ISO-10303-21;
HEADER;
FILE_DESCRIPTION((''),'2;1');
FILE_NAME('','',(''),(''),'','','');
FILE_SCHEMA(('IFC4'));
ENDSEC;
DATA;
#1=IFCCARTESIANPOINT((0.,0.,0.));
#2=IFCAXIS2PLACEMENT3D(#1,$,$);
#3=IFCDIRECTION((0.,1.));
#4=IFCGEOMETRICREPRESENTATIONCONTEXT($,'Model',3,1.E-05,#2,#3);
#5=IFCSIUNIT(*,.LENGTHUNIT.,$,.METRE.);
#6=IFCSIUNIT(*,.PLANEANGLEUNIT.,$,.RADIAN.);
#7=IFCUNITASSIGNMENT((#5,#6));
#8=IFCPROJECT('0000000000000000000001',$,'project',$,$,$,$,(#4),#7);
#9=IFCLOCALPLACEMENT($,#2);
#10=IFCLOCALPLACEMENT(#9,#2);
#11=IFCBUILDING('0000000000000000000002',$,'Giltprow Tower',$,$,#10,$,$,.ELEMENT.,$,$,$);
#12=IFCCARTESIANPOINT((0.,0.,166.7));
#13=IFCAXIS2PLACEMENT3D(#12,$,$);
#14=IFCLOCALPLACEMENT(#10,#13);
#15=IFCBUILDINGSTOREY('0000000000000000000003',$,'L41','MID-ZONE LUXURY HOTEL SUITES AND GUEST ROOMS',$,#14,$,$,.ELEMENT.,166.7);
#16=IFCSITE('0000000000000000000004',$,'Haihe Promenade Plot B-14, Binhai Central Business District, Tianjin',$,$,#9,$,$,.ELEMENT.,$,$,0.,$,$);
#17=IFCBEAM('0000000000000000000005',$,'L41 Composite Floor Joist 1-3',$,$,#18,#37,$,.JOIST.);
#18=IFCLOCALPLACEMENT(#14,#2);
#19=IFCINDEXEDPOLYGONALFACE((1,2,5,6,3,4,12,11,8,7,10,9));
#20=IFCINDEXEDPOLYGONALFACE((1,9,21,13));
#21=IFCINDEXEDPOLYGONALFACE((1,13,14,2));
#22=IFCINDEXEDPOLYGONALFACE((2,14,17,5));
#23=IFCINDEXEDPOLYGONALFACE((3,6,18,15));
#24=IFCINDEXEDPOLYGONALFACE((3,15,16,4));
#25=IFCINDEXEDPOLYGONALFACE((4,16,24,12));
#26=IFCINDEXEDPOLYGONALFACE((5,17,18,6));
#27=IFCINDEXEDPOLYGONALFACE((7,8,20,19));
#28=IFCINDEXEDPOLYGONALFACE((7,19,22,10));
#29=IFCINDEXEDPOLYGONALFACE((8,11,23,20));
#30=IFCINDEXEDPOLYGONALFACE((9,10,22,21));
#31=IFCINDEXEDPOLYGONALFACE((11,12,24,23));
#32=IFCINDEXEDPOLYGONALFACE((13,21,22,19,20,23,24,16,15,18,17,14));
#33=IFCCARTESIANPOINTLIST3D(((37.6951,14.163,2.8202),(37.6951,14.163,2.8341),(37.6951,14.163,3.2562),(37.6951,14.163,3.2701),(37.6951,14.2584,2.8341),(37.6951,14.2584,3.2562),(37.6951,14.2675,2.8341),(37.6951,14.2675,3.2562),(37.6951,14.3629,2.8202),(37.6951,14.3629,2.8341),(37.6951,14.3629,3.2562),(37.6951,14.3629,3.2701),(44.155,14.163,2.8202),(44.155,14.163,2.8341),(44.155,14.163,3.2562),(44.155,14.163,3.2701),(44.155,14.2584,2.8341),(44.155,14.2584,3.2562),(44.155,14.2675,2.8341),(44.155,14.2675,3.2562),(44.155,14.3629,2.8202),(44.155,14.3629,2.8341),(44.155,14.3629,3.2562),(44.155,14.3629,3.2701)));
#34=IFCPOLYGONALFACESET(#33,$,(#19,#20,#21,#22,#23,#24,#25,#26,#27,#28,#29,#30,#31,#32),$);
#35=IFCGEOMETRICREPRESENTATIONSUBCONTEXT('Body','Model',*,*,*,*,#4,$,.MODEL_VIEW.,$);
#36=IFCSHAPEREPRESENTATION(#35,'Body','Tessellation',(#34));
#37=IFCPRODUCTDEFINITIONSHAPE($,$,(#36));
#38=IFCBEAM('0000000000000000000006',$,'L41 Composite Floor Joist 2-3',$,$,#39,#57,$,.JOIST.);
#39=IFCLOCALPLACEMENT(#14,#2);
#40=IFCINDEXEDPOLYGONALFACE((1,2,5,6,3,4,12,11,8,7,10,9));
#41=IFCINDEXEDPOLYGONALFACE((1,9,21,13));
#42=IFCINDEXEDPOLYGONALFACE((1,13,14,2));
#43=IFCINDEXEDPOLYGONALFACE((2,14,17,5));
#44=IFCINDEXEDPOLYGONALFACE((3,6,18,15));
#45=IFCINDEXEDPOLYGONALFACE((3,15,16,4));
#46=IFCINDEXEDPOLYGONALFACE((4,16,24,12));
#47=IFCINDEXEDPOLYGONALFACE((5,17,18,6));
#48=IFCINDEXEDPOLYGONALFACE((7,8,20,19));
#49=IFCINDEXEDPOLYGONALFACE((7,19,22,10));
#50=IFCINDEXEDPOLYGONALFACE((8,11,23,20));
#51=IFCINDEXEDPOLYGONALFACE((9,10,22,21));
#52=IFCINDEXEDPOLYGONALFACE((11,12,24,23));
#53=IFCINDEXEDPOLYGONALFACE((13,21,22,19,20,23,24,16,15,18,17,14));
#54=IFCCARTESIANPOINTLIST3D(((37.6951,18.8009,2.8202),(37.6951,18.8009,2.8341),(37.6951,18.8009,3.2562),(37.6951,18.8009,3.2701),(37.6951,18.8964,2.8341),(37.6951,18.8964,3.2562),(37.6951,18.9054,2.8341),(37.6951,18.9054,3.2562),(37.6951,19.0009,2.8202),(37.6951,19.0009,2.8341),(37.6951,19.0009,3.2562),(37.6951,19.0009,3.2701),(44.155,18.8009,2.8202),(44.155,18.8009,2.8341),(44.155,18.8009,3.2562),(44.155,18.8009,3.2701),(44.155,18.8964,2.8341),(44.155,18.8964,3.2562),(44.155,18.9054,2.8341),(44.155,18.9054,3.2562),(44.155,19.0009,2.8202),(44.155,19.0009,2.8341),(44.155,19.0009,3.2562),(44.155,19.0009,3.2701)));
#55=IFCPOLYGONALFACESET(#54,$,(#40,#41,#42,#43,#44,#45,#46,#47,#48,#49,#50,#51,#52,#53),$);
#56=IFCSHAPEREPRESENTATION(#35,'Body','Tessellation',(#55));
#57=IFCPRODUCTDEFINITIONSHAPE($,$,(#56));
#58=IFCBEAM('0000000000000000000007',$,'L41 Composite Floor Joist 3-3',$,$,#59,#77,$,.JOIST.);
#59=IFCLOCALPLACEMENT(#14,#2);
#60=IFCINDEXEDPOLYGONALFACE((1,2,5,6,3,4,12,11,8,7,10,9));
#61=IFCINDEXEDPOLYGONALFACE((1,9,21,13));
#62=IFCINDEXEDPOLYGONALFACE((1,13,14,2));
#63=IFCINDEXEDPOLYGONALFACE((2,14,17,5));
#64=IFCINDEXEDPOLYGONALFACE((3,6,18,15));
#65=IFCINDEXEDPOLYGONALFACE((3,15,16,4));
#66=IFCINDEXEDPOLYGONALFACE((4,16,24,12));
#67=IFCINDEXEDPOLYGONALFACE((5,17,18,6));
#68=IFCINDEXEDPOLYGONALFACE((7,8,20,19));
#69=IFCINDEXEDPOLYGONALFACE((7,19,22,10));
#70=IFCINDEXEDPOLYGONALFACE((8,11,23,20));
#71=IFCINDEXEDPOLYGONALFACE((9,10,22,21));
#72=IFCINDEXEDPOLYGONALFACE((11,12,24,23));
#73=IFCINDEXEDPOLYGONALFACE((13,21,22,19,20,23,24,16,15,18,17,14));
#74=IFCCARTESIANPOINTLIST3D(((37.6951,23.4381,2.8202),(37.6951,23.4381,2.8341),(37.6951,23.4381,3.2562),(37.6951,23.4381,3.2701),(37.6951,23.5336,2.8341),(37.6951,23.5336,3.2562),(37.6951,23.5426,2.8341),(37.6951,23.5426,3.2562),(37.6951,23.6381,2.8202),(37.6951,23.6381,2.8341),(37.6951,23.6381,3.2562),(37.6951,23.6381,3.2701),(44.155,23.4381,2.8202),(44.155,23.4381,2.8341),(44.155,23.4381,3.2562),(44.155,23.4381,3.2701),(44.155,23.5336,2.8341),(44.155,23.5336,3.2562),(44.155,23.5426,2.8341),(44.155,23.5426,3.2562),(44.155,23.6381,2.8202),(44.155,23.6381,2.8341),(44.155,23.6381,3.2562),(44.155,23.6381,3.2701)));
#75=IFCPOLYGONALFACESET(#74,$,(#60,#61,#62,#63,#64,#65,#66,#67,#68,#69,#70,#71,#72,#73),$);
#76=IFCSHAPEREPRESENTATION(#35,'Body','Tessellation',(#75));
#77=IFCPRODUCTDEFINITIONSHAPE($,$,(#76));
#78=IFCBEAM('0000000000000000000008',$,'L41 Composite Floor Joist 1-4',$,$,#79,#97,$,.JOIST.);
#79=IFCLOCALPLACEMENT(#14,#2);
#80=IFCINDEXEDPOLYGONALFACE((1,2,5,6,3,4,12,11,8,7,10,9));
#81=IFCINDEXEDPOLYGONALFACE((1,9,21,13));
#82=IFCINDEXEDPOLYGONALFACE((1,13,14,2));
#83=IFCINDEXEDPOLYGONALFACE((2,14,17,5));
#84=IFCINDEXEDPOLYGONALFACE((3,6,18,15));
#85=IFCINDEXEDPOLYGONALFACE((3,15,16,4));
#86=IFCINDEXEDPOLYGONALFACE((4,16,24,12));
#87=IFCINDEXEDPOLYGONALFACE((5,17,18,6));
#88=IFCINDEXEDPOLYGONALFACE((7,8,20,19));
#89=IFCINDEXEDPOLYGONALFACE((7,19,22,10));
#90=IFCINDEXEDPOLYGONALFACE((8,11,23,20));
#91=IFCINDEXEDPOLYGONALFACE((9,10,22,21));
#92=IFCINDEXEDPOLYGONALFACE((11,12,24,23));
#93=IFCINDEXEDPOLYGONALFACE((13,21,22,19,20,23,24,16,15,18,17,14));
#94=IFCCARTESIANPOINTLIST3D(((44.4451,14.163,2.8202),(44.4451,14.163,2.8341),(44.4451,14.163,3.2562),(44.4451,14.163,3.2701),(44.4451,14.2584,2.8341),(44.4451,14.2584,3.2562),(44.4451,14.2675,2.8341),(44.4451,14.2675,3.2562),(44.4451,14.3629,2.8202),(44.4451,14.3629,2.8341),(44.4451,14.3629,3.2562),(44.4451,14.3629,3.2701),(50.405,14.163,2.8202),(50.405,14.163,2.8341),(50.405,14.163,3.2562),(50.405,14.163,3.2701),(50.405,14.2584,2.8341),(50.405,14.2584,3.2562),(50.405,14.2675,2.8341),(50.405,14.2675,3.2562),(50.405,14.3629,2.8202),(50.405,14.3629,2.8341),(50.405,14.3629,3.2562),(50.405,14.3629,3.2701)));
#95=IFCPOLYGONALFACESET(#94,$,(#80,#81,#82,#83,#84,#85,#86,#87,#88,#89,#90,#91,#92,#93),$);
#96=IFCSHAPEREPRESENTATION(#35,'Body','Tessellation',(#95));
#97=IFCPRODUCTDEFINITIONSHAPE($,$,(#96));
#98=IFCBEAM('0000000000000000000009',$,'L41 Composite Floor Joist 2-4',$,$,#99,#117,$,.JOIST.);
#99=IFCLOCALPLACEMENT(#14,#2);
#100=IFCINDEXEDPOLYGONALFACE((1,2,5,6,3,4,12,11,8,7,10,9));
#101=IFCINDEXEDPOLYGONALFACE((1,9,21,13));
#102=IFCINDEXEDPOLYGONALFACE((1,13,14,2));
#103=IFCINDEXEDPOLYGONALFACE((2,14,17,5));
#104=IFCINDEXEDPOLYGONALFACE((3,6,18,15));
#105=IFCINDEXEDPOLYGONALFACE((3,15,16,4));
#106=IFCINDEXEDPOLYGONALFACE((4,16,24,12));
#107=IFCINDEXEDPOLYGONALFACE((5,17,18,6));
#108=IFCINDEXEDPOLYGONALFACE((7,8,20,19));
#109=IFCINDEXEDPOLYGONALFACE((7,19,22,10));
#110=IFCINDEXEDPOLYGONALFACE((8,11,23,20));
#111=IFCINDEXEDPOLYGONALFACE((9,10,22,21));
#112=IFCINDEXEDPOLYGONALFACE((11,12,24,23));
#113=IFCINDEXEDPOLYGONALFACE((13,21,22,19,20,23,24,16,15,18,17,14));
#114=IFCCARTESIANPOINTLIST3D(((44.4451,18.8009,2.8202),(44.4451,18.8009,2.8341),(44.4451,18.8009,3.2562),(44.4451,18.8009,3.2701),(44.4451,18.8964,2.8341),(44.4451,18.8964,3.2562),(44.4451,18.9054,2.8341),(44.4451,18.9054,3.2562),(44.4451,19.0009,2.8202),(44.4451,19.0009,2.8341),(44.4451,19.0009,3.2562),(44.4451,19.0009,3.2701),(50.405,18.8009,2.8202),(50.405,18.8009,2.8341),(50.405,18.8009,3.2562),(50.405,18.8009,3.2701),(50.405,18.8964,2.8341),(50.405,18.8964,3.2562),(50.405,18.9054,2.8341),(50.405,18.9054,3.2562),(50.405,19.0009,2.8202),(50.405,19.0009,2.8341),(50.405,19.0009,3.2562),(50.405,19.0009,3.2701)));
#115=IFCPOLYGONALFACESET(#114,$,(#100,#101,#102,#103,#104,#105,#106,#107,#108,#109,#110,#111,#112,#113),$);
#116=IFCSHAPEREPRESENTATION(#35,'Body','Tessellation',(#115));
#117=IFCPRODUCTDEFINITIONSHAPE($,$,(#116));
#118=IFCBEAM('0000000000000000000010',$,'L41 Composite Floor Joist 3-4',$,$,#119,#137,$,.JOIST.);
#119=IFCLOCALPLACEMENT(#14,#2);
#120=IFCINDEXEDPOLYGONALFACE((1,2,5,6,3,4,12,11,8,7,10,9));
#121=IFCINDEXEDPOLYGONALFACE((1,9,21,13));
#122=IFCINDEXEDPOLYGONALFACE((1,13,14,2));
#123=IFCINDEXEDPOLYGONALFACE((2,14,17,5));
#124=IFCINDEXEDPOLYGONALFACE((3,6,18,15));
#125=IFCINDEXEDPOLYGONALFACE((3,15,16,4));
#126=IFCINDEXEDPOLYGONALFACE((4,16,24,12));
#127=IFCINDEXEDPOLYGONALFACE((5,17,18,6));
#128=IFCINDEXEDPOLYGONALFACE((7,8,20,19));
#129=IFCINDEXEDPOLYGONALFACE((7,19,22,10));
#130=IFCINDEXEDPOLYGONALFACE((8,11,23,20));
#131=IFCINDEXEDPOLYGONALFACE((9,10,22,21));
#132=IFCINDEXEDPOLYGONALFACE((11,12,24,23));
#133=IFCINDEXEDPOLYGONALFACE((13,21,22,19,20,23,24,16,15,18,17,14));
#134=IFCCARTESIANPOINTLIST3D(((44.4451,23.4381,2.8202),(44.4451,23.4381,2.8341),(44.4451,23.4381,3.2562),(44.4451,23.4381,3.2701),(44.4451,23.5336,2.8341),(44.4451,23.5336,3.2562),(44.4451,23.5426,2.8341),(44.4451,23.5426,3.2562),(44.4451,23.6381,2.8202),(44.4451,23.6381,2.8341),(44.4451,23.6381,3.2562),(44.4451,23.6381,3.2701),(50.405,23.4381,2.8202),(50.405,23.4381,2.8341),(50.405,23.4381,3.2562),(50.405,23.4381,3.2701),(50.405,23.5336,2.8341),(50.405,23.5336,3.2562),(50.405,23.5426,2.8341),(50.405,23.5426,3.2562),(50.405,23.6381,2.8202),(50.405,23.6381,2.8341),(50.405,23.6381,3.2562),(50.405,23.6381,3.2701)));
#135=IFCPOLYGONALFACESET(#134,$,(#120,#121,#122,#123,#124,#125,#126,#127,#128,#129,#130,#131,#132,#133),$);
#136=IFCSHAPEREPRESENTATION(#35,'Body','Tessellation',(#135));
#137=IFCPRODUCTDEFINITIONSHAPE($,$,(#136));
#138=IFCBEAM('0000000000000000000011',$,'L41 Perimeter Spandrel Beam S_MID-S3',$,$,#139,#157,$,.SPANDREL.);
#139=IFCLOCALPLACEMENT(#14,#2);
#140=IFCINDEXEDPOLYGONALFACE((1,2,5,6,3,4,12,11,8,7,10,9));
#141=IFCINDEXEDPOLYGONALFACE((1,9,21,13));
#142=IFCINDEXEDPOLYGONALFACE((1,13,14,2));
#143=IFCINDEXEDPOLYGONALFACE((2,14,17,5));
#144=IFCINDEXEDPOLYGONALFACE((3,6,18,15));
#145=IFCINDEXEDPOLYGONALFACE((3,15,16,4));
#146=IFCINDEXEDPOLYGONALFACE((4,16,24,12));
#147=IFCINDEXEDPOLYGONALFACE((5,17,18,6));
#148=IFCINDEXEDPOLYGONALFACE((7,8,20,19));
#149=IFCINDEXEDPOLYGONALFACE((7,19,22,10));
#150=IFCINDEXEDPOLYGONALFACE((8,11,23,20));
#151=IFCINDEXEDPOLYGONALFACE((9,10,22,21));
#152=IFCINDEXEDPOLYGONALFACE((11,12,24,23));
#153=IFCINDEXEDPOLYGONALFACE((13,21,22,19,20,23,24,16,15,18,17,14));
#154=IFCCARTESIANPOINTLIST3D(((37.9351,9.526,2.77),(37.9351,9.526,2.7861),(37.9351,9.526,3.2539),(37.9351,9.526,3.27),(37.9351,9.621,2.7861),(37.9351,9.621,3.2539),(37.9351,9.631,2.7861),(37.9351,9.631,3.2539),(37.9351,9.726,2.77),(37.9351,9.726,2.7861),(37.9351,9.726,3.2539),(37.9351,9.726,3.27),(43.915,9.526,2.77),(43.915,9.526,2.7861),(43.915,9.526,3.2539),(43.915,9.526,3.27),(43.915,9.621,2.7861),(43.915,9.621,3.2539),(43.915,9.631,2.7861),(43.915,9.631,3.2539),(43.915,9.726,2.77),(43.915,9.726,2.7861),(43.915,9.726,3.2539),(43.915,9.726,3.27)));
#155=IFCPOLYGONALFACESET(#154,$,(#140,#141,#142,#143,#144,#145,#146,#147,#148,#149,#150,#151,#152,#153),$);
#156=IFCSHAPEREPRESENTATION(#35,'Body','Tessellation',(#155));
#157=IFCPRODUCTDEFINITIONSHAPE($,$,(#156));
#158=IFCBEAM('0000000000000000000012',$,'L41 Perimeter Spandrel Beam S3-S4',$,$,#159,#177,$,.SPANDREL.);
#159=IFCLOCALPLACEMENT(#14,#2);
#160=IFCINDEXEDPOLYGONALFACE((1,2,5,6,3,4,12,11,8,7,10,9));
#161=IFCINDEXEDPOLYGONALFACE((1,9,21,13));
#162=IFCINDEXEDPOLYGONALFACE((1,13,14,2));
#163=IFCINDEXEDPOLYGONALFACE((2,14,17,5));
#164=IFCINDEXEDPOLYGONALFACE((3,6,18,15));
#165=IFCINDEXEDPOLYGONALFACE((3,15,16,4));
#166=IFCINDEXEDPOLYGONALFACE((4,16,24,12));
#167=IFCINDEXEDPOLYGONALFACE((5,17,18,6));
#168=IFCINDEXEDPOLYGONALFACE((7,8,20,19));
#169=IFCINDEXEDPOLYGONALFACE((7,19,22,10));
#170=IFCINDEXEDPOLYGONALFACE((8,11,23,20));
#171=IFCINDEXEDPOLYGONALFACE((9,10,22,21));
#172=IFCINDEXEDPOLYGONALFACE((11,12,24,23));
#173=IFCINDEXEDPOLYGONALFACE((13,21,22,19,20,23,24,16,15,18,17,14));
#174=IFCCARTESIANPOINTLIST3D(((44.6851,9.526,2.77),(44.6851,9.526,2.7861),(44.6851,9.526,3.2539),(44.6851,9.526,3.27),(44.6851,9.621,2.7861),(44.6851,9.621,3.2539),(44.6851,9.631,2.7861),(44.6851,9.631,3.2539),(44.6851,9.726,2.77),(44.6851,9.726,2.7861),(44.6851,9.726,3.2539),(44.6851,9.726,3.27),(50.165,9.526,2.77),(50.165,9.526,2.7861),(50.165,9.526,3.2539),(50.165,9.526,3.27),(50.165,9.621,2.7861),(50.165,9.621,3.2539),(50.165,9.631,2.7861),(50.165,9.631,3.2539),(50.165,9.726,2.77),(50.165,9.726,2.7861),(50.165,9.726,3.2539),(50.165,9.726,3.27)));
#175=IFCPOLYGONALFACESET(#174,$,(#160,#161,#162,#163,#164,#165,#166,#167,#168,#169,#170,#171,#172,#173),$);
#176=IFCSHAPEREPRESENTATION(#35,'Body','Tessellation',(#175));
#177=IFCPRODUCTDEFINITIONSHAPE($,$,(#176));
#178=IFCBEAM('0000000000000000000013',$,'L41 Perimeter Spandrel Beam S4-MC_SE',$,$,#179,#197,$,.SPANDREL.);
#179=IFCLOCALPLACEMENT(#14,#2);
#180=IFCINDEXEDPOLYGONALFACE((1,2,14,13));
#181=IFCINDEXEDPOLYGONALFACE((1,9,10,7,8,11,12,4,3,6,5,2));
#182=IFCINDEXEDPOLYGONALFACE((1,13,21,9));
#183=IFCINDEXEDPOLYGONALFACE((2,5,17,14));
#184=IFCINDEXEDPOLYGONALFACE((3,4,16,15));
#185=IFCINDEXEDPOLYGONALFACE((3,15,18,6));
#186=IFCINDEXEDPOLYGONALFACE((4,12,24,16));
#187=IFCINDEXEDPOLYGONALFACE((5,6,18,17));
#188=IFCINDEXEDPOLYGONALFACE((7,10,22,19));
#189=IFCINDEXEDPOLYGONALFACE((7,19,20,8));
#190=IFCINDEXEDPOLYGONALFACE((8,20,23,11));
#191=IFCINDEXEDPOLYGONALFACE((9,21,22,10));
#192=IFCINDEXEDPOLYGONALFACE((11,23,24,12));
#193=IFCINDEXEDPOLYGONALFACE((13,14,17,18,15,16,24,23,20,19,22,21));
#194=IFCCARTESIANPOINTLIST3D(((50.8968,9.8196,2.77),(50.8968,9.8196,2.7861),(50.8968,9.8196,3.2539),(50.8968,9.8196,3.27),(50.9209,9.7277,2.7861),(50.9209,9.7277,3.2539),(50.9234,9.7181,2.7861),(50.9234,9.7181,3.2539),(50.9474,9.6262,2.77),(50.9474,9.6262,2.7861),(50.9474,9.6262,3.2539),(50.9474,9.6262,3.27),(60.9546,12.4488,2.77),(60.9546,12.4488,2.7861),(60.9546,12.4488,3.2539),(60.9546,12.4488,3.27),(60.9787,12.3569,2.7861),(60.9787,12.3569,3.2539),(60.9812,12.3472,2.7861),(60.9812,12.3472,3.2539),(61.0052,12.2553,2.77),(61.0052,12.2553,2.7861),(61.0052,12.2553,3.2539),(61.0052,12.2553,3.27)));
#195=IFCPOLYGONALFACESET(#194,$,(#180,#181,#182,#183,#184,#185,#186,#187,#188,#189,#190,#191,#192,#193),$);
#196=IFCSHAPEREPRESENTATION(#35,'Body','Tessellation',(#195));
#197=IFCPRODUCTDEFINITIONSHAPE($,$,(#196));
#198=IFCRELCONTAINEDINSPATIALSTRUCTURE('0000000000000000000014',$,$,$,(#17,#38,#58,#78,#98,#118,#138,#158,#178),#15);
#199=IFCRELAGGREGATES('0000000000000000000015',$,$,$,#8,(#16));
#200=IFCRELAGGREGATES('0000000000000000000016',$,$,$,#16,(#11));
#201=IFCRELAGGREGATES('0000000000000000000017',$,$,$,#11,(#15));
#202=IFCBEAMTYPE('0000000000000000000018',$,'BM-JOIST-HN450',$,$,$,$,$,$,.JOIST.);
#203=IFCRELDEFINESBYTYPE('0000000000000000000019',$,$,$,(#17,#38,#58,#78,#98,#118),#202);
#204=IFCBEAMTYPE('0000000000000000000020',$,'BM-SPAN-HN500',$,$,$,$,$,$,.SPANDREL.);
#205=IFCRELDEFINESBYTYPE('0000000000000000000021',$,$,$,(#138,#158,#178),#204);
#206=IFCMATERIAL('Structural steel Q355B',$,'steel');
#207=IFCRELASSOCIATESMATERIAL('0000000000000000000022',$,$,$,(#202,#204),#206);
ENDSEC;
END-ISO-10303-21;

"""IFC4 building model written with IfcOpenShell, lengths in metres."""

from ifc_helpers import new_model, si_unit, direction, frame, origin, origin_2d, place, context, subcontext, project, spatial, i_section, extrude, source, transform, mapped, material, material_profile, profile_set, type_object, element, save


model = new_model("IFC4")

# Units and contexts
model_context = context("Model", 3, precision=1e-05, world=origin(), true_north=direction((0.0, 1.0)))
body_context = subcontext(model_context, "Body", "Model", "MODEL_VIEW")
ifc_project = project(units=[si_unit("LENGTHUNIT", "METRE"), si_unit("PLANEANGLEUNIT", "RADIAN")], contexts=[model_context])

# Site, building, storey
site_placement = place(None, origin())
site = spatial("IfcSite", under=ifc_project, at=site_placement, Name="Haihe Promenade Plot B-14, Binhai Central Business District, Tianjin", CompositionType="ELEMENT", RefElevation=0.0)
building_placement = place(site_placement, origin())
building = spatial("IfcBuilding", under=site, at=building_placement, Name="Giltprow Tower", CompositionType="ELEMENT")
storey_placement = place(building_placement, frame((0.0, 0.0, 166.7)))
storey = spatial("IfcBuildingStorey", under=building, at=storey_placement, Name="L41", Description="MID-ZONE LUXURY HOTEL SUITES AND GUEST ROOMS", CompositionType="ELEMENT", Elevation=166.7)

# Beams
ifc_material_1 = material(Name="Structural steel Q355B", Category="steel")
ifc_material_profile_1 = material_profile(ifc_material_1, i_section(OverallWidth=0.2, OverallDepth=0.45, WebThickness=0.009, FlangeThickness=0.0139, at=origin_2d()), Name="HN 450x200x9x14")
ifc_profile_set_1 = profile_set([ifc_material_profile_1], Name="Structural steel Q355B")
beam_type_1 = type_object("IfcBeamType", Name="BM-JOIST-HN450", PredefinedType="JOIST", material=ifc_profile_set_1)
shared_shape_1 = source(origin(), body_context, "Body", "SweptSolid", [
    extrude(i_section(OverallWidth=0.2, OverallDepth=0.45, WebThickness=0.009, FlangeThickness=0.0139, at=origin_2d()), origin(), (0.0, 0.0, 1.0), 6.46),
])
for number, where, z_axis, x_axis, name in (
    (1, (37.6951, 14.2629, 3.0452), (1.0, 0.0, 0.0), (0.0, 1.0, 0.0), "L41 Composite Floor Joist 1-3"),
    (2, (37.6951, 18.9009, 3.0452), (1.0, 0.0, 0.0), (0.0, 1.0, 0.0), "L41 Composite Floor Joist 2-3"),
    (3, (37.6951, 23.5381, 3.0452), (1.0, 0.0, 0.0), (0.0, 1.0, 0.0), "L41 Composite Floor Joist 3-3"),
):
    element("IfcBeam", number, at=place(storey_placement, frame(where, z_axis=z_axis, x_axis=x_axis)), inside=storey, type_object=beam_type_1, Name=name, PredefinedType="JOIST", context=body_context, shape_type="MappedRepresentation", body=[
        mapped(shared_shape_1, transform((0.0, 0.0, 0.0), x_axis=(1.0, 0.0, 0.0), y_axis=(0.0, 1.0, 0.0), z_axis=(0.0, 0.0, 1.0), scale=1.0)),
    ])
shared_shape_2 = source(origin(), body_context, "Body", "SweptSolid", [
    extrude(i_section(OverallWidth=0.2, OverallDepth=0.45, WebThickness=0.009, FlangeThickness=0.0139, at=origin_2d()), origin(), (0.0, 0.0, 1.0), 5.96),
])
for number, where, z_axis, x_axis, name in (
    (4, (44.4451, 14.2629, 3.0452), (1.0, 0.0, 0.0), (0.0, 1.0, 0.0), "L41 Composite Floor Joist 1-4"),
    (5, (44.4451, 18.9009, 3.0452), (1.0, 0.0, 0.0), (0.0, 1.0, 0.0), "L41 Composite Floor Joist 2-4"),
    (6, (44.4451, 23.5381, 3.0452), (1.0, 0.0, 0.0), (0.0, 1.0, 0.0), "L41 Composite Floor Joist 3-4"),
):
    element("IfcBeam", number, at=place(storey_placement, frame(where, z_axis=z_axis, x_axis=x_axis)), inside=storey, type_object=beam_type_1, Name=name, PredefinedType="JOIST", context=body_context, shape_type="MappedRepresentation", body=[
        mapped(shared_shape_2, transform((0.0, 0.0, 0.0), x_axis=(1.0, 0.0, 0.0), y_axis=(0.0, 1.0, 0.0), z_axis=(0.0, 0.0, 1.0), scale=1.0)),
    ])
ifc_material_profile_2 = material_profile(ifc_material_1, i_section(OverallWidth=0.2, OverallDepth=0.5, WebThickness=0.01, FlangeThickness=0.0161, at=origin_2d()), Name="HN 500x200x10x16")
ifc_profile_set_2 = profile_set([ifc_material_profile_2], Name="Structural steel Q355B")
beam_type_2 = type_object("IfcBeamType", Name="BM-SPAN-HN500", PredefinedType="SPANDREL", material=ifc_profile_set_2)
shared_shape_3 = source(origin(), body_context, "Body", "SweptSolid", [
    extrude(i_section(OverallWidth=0.2, OverallDepth=0.5, WebThickness=0.01, FlangeThickness=0.0161, at=origin_2d()), origin(), (0.0, 0.0, 1.0), 5.98),
])
beam_1_placement = place(storey_placement, frame((37.9351, 9.626, 3.02), z_axis=(1.0, 0.0, 0.0), x_axis=(0.0, 1.0, 0.0)))
element("IfcBeam", 7, at=beam_1_placement, inside=storey, type_object=beam_type_2, Name="L41 Perimeter Spandrel Beam S_MID-S3", PredefinedType="SPANDREL", context=body_context, shape_type="MappedRepresentation", body=[
    mapped(shared_shape_3, transform((0.0, 0.0, 0.0), x_axis=(1.0, 0.0, 0.0), y_axis=(0.0, 1.0, 0.0), z_axis=(0.0, 0.0, 1.0), scale=1.0)),
])
shared_shape_4 = source(origin(), body_context, "Body", "SweptSolid", [
    extrude(i_section(OverallWidth=0.2, OverallDepth=0.5, WebThickness=0.01, FlangeThickness=0.0161, at=origin_2d()), origin(), (0.0, 0.0, 1.0), 5.48),
])
beam_2_placement = place(storey_placement, frame((44.6851, 9.626, 3.02), z_axis=(1.0, 0.0, 0.0), x_axis=(0.0, 1.0, 0.0)))
element("IfcBeam", 8, at=beam_2_placement, inside=storey, type_object=beam_type_2, Name="L41 Perimeter Spandrel Beam S3-S4", PredefinedType="SPANDREL", context=body_context, shape_type="MappedRepresentation", body=[
    mapped(shared_shape_4, transform((0.0, 0.0, 0.0), x_axis=(1.0, 0.0, 0.0), y_axis=(0.0, 1.0, 0.0), z_axis=(0.0, 0.0, 1.0), scale=1.0)),
])
shared_shape_5 = source(origin(), body_context, "Body", "SweptSolid", [
    extrude(i_section(OverallWidth=0.2, OverallDepth=0.5, WebThickness=0.01, FlangeThickness=0.0161, at=origin_2d()), origin(), (0.0, 0.0, 1.0), 10.3958),
])
beam_3_placement = place(storey_placement, frame((50.9221, 9.7229, 3.02), z_axis=(0.967491, 0.252905, 0.0), x_axis=(-0.252905, 0.967491, 0.0)))
element("IfcBeam", 9, at=beam_3_placement, inside=storey, type_object=beam_type_2, Name="L41 Perimeter Spandrel Beam S4-MC_SE", PredefinedType="SPANDREL", context=body_context, shape_type="MappedRepresentation", body=[
    mapped(shared_shape_5, transform((0.0, 0.0, 0.0), x_axis=(1.0, 0.0, 0.0), y_axis=(0.0, 1.0, 0.0), z_axis=(0.0, 0.0, 1.0), scale=1.0)),
])

save(model, "model.ifc")
